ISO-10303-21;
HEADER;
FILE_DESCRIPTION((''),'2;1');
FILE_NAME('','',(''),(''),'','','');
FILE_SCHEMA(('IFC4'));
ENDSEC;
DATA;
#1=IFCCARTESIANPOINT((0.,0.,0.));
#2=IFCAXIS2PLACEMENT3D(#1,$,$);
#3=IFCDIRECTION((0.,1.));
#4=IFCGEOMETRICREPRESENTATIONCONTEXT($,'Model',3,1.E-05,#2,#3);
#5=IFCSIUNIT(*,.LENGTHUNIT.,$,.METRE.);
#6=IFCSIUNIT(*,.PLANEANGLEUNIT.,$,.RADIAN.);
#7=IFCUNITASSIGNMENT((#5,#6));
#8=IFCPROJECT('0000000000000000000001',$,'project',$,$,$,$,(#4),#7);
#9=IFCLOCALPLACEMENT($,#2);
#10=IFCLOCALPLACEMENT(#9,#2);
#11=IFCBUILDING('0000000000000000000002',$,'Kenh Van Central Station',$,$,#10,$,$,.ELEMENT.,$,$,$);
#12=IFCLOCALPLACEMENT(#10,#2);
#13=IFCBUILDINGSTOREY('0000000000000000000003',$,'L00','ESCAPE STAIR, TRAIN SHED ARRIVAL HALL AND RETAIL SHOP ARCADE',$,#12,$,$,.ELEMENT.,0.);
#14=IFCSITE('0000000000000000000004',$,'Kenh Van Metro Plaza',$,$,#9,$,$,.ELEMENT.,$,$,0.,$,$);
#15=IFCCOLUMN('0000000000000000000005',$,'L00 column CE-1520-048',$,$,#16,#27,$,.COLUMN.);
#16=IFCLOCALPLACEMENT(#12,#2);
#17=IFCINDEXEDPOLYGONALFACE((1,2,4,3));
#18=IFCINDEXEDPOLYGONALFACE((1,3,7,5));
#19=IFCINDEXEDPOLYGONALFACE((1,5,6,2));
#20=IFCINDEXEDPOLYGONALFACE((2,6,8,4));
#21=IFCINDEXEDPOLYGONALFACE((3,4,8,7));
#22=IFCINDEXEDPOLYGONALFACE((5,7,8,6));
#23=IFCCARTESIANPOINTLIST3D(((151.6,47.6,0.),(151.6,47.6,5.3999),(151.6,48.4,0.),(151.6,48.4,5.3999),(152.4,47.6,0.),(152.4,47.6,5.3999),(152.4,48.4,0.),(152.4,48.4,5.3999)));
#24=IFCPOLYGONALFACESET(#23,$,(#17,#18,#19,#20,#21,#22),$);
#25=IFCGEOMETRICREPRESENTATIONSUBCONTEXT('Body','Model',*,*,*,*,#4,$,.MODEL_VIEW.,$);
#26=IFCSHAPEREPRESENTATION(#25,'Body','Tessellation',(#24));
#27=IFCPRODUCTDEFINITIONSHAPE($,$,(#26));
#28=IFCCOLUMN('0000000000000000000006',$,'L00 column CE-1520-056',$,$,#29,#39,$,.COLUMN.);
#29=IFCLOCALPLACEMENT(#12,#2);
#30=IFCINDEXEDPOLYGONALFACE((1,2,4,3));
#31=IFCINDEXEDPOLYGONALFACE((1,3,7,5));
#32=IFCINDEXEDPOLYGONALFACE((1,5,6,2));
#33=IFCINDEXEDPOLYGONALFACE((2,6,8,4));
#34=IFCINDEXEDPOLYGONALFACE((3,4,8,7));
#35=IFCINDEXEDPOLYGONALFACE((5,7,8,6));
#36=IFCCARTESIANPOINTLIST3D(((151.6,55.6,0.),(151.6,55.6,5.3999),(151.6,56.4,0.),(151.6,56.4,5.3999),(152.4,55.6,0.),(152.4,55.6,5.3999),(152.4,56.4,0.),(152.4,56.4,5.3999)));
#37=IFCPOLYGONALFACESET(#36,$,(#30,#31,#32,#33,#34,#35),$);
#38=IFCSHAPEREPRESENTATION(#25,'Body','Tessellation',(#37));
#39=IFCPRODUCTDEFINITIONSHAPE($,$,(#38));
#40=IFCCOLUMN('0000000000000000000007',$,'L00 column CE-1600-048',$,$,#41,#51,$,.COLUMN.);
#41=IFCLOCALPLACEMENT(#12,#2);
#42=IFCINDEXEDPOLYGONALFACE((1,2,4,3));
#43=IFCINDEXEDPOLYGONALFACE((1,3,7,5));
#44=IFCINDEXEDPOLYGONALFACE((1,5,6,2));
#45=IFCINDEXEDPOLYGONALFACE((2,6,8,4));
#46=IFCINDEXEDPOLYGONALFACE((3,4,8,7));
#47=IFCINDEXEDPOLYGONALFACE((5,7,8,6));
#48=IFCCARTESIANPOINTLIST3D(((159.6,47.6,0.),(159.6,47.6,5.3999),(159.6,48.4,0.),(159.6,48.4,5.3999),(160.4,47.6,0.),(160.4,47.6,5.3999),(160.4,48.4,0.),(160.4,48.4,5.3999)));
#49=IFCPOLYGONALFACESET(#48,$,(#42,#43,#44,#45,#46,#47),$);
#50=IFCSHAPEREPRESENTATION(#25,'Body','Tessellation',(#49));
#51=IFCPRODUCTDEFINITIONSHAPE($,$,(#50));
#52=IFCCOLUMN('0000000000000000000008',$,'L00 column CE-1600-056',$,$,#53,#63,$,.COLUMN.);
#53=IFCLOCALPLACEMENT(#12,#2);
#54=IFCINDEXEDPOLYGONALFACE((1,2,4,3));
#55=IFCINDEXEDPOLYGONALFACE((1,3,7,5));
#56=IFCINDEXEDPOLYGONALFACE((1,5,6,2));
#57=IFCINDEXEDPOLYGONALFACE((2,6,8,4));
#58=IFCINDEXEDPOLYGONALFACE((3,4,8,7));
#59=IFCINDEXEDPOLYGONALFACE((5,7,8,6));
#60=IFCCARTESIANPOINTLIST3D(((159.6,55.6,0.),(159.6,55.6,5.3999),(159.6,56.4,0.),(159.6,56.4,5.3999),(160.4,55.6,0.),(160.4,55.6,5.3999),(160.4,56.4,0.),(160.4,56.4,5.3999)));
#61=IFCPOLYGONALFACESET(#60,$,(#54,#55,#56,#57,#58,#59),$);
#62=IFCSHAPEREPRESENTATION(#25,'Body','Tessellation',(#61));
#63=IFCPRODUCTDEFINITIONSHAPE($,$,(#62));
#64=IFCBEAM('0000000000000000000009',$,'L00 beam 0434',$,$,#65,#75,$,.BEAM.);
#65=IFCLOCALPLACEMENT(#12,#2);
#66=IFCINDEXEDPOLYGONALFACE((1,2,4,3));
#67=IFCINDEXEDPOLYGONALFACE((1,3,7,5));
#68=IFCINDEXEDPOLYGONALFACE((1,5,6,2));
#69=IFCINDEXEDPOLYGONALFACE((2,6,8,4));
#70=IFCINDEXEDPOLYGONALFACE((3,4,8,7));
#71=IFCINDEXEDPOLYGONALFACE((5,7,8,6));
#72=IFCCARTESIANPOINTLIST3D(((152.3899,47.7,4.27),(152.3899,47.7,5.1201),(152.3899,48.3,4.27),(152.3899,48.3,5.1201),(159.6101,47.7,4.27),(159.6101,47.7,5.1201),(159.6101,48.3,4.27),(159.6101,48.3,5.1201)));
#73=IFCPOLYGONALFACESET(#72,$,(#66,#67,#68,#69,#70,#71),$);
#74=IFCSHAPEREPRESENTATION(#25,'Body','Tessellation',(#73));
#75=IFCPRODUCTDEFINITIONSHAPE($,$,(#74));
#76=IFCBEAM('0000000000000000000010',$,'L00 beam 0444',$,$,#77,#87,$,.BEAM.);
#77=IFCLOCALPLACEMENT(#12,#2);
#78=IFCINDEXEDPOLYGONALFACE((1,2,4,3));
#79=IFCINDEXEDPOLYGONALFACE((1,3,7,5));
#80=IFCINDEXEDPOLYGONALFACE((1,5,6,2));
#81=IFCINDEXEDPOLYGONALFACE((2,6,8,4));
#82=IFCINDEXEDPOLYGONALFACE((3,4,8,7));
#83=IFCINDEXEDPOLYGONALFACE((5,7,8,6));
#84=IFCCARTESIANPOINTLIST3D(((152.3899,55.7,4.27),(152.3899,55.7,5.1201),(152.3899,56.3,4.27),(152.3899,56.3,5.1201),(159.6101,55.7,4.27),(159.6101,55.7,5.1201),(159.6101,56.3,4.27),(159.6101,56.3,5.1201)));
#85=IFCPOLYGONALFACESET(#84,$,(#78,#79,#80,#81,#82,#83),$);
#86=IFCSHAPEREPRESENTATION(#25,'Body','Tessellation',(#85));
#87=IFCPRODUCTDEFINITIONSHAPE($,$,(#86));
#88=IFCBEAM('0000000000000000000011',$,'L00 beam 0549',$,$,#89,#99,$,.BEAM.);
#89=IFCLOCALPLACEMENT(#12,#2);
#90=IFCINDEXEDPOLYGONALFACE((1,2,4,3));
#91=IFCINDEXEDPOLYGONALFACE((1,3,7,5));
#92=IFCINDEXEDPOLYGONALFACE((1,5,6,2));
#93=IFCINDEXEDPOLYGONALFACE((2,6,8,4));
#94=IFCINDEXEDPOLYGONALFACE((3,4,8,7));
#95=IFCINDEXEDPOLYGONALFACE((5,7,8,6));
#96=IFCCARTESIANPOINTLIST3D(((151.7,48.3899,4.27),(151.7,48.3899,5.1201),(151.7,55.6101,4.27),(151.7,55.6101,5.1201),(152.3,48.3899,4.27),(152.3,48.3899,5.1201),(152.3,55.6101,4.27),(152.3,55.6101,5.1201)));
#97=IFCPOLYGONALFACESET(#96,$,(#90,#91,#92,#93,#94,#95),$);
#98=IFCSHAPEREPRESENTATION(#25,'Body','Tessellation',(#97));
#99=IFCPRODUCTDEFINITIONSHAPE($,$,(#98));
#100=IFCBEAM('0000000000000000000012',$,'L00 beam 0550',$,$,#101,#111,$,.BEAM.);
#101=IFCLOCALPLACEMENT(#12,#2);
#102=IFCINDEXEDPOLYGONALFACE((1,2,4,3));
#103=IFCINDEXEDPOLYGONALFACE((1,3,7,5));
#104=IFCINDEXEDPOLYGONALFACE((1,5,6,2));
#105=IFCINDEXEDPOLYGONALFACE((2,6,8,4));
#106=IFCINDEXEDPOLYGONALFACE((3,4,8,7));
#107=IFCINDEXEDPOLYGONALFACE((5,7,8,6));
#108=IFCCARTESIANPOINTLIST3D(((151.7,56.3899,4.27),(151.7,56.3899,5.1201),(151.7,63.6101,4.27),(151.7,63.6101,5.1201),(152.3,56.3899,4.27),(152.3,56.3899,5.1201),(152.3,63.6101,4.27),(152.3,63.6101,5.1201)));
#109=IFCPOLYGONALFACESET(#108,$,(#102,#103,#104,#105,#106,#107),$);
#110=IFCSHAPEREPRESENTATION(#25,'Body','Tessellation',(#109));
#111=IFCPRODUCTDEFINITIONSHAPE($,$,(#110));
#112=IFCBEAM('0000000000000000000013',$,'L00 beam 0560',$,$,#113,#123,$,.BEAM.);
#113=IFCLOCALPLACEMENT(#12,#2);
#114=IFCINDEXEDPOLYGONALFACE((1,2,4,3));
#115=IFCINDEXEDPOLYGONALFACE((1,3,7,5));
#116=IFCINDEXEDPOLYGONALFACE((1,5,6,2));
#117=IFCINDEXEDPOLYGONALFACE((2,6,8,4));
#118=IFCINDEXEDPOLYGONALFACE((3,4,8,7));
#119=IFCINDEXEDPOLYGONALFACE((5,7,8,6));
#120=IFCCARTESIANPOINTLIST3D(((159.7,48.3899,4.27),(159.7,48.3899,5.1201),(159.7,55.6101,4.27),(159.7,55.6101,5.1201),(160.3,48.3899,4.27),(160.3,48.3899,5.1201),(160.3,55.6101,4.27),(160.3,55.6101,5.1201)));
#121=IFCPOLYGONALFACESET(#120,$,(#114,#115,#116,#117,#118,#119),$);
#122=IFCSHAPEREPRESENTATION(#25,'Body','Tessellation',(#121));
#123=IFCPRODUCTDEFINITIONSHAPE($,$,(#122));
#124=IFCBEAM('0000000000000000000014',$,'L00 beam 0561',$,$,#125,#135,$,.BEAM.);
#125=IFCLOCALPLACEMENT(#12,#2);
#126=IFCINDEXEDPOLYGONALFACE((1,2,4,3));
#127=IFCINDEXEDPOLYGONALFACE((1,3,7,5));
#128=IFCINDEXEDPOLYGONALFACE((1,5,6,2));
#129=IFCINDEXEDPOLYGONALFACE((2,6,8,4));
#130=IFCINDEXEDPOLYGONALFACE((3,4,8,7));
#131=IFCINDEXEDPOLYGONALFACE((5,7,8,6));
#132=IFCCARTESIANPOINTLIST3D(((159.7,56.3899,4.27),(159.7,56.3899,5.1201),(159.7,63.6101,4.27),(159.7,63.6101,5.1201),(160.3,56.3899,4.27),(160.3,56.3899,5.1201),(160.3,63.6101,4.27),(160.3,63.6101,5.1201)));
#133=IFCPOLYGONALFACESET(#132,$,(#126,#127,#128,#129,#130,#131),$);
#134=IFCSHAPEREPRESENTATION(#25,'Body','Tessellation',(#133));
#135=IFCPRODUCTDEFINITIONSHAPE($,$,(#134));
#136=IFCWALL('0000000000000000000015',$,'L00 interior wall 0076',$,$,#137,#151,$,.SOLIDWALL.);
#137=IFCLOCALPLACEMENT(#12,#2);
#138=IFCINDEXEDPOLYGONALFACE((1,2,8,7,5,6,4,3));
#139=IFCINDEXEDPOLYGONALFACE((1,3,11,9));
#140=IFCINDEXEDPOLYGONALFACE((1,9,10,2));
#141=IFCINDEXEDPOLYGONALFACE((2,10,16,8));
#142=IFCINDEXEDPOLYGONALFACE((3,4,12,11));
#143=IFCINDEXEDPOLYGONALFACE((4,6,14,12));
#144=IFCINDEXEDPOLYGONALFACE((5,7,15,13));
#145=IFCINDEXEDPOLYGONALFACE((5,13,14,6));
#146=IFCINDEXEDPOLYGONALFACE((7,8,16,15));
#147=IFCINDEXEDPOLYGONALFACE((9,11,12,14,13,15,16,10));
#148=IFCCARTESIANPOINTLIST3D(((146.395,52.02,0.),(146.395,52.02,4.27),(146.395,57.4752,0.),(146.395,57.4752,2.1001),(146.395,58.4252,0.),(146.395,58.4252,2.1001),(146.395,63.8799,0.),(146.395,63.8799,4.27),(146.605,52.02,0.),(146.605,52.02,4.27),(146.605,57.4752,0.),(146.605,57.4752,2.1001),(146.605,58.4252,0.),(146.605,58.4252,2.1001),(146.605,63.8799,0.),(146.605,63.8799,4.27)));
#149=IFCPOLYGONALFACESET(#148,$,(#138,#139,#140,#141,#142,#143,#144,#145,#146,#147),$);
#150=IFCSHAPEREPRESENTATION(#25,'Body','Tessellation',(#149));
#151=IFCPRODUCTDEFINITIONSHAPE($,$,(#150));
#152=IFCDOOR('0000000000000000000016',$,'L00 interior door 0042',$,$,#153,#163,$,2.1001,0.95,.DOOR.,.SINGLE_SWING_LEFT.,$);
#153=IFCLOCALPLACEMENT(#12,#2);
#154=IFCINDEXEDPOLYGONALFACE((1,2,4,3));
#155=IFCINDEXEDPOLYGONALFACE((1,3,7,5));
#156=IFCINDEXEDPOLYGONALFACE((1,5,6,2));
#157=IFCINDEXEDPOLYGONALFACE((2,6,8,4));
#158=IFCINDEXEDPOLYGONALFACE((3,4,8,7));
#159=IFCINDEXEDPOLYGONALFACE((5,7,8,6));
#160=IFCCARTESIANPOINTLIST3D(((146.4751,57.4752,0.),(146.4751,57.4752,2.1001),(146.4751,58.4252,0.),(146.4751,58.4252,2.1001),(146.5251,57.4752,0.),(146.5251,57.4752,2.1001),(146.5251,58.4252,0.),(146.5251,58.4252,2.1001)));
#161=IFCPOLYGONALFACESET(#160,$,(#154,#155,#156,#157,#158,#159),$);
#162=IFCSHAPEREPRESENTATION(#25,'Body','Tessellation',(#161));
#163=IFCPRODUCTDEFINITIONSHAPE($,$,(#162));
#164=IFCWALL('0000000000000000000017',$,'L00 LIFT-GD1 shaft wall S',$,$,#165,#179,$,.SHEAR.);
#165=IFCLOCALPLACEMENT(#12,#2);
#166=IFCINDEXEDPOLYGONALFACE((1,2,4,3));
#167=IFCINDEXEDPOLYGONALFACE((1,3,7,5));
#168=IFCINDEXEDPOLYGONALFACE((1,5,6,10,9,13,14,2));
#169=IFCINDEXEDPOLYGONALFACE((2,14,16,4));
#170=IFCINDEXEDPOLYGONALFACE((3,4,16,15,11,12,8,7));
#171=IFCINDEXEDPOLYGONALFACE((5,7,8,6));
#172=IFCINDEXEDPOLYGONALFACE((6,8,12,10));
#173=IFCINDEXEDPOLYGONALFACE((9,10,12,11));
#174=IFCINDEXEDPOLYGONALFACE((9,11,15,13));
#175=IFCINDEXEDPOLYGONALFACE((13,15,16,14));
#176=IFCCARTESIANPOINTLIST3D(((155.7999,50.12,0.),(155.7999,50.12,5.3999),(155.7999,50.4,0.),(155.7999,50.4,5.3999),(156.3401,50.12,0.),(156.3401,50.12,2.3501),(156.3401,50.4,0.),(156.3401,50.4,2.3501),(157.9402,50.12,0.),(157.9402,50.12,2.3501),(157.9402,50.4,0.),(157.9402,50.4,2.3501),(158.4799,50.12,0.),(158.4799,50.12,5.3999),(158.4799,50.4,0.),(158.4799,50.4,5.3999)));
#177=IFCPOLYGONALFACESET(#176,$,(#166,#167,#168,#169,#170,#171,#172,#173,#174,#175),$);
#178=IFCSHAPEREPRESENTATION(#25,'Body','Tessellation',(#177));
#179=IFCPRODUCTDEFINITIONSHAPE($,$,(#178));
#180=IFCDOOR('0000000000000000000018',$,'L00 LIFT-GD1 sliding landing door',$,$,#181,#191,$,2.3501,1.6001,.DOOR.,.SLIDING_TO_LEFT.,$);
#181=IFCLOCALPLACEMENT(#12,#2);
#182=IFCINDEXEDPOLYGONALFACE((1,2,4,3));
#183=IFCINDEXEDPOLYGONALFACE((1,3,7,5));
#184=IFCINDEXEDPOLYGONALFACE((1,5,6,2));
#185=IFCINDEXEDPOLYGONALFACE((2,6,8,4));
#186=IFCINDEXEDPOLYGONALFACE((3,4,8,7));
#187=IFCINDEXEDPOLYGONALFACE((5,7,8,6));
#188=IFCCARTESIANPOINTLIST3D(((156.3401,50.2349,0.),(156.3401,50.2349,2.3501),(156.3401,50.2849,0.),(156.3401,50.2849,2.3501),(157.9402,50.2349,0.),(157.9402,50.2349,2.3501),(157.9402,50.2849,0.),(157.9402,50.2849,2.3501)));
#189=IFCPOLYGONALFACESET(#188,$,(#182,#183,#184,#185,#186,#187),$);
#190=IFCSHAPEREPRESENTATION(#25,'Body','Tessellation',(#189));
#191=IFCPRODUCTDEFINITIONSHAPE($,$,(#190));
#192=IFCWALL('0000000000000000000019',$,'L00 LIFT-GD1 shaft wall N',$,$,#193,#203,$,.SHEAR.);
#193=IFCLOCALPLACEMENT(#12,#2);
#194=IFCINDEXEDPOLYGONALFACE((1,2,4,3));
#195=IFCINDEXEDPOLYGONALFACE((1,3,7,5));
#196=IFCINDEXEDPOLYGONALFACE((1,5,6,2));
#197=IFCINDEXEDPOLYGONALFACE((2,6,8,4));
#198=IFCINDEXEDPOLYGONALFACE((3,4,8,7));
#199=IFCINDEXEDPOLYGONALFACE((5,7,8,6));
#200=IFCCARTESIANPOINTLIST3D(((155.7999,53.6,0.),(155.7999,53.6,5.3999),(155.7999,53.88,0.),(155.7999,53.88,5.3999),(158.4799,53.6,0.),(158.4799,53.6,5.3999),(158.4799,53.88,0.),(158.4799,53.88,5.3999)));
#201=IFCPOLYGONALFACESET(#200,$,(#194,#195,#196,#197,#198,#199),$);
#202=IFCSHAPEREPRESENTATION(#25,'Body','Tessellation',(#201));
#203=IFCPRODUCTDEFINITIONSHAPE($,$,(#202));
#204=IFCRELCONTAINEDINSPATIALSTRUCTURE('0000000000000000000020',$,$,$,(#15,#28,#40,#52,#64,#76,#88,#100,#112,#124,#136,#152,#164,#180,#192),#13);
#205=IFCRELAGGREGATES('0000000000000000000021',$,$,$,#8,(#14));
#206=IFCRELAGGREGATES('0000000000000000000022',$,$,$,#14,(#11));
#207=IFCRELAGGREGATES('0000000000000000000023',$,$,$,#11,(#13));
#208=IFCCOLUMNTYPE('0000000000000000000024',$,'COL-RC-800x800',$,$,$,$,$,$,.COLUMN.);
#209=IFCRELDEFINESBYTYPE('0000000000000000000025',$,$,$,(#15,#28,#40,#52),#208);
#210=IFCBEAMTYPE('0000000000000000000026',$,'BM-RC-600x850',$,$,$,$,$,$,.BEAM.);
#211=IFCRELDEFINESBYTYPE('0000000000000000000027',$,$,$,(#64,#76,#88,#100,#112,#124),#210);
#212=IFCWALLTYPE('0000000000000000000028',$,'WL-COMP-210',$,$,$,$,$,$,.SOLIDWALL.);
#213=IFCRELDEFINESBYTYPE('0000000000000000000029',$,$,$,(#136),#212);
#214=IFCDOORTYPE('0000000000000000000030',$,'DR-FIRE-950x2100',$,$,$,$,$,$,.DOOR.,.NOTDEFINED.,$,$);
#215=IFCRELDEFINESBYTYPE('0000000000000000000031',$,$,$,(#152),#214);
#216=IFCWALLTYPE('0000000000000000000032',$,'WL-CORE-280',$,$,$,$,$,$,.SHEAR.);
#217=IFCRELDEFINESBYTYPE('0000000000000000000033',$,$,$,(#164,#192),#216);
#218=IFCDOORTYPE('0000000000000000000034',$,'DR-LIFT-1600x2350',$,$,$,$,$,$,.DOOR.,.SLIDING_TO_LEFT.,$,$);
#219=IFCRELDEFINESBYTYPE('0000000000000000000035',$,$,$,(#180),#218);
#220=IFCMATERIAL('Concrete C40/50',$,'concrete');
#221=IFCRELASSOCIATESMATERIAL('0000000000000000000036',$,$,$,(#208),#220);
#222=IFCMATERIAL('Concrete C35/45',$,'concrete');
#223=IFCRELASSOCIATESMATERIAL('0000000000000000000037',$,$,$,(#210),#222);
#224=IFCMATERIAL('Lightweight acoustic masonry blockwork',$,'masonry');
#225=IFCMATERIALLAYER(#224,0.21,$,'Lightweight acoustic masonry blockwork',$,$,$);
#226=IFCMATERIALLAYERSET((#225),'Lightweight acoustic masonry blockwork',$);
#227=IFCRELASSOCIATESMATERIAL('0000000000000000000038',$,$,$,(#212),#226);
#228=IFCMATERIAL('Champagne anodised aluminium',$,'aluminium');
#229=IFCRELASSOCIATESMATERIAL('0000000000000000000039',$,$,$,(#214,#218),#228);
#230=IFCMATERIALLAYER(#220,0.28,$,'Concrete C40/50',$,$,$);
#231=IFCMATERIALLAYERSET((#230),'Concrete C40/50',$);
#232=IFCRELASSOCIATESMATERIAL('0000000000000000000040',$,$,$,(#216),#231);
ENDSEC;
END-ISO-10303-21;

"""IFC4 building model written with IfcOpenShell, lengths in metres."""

from ifc_helpers import new_model, si_unit, direction, frame, frame_2d, origin, origin_2d, place, context, subcontext, project, spatial, rectangle, extrude, material, layer, layer_set, material_profile, profile_set, type_object, element, fill, save


model = new_model("IFC4")

# Units and contexts
model_context = context("Model", 3, precision=1e-05, world=origin(), true_north=direction((0.0, 1.0)))
body_context = subcontext(model_context, "Body", "Model", "MODEL_VIEW")
ifc_project = project(units=[si_unit("LENGTHUNIT", "METRE"), si_unit("PLANEANGLEUNIT", "RADIAN")], contexts=[model_context])

# Site, building, storey
site_placement = place(None, origin())
site = spatial("IfcSite", under=ifc_project, at=site_placement, Name="Kenh Van Metro Plaza", CompositionType="ELEMENT", RefElevation=0.0)
building_placement = place(site_placement, origin())
building = spatial("IfcBuilding", under=site, at=building_placement, Name="Kenh Van Central Station", CompositionType="ELEMENT")
storey_placement = place(building_placement, origin())
storey = spatial("IfcBuildingStorey", under=building, at=storey_placement, Name="L00", Description="ESCAPE STAIR, TRAIN SHED ARRIVAL HALL AND RETAIL SHOP ARCADE", CompositionType="ELEMENT", Elevation=0.0)

# Columns
ifc_material_1 = material(Name="Concrete C40/50", Category="concrete")
ifc_material_profile_1 = material_profile(ifc_material_1, rectangle(XDim=0.8, YDim=0.8, at=origin_2d()), Name="RC 800x800")
ifc_profile_set_1 = profile_set([ifc_material_profile_1], Name="Concrete C40/50")
column_type = type_object("IfcColumnType", Name="COL-RC-800x800", PredefinedType="COLUMN", material=ifc_profile_set_1)
for number, where, z_axis, x_axis, name in (
    (1, (152.0, 48.0, 0.0), (0.0, 0.0, 1.0), (1.0, 0.0, 0.0), "L00 column CE-1520-048"),
    (2, (152.0, 56.0, 0.0), (0.0, 0.0, 1.0), (1.0, 0.0, 0.0), "L00 column CE-1520-056"),
    (3, (160.0, 48.0, 0.0), (0.0, 0.0, 1.0), (1.0, 0.0, 0.0), "L00 column CE-1600-048"),
    (4, (160.0, 56.0, 0.0), (0.0, 0.0, 1.0), (1.0, 0.0, 0.0), "L00 column CE-1600-056"),
):
    element("IfcColumn", number, at=place(storey_placement, frame(where, z_axis=z_axis, x_axis=x_axis)), inside=storey, type_object=column_type, Name=name, PredefinedType="COLUMN", context=body_context, shape_type="SweptSolid", body=[
        extrude(rectangle(XDim=0.8, YDim=0.8, at=origin_2d()), origin(), (0.0, 0.0, 1.0), 5.3999),
    ])

# Beams
ifc_material_2 = material(Name="Concrete C35/45", Category="concrete")
ifc_material_profile_2 = material_profile(ifc_material_2, rectangle(XDim=0.6001, YDim=0.8501, at=origin_2d()), Name="RC 600x850")
ifc_profile_set_2 = profile_set([ifc_material_profile_2], Name="Concrete C35/45")
beam_type = type_object("IfcBeamType", Name="BM-RC-600x850", PredefinedType="BEAM", material=ifc_profile_set_2)
for number, where, z_axis, x_axis, name in (
    (5, (152.3899, 48.0, 4.6951), (1.0, 0.0, 0.0), (0.0, 1.0, 0.0), "L00 beam 0434"),
    (6, (152.3899, 56.0, 4.6951), (1.0, 0.0, 0.0), (0.0, 1.0, 0.0), "L00 beam 0444"),
    (7, (152.0, 48.3899, 4.6951), (0.0, 1.0, 0.0), (-1.0, 0.0, 0.0), "L00 beam 0549"),
    (8, (152.0, 56.3899, 4.6951), (0.0, 1.0, 0.0), (-1.0, 0.0, 0.0), "L00 beam 0550"),
    (9, (160.0, 48.3899, 4.6951), (0.0, 1.0, 0.0), (-1.0, 0.0, 0.0), "L00 beam 0560"),
    (10, (160.0, 56.3899, 4.6951), (0.0, 1.0, 0.0), (-1.0, 0.0, 0.0), "L00 beam 0561"),
):
    element("IfcBeam", number, at=place(storey_placement, frame(where, z_axis=z_axis, x_axis=x_axis)), inside=storey, type_object=beam_type, Name=name, PredefinedType="BEAM", context=body_context, shape_type="SweptSolid", body=[
        extrude(rectangle(XDim=0.6001, YDim=0.8501, at=origin_2d()), origin(), (0.0, 0.0, 1.0), 7.2202),
    ])

# Walls, openings, doors
ifc_material_3 = material(Name="Lightweight acoustic masonry blockwork", Category="masonry")
ifc_layer_1 = layer(ifc_material_3, 0.21, Name="Lightweight acoustic masonry blockwork")
ifc_layer_set_1 = layer_set([ifc_layer_1], Name="Lightweight acoustic masonry blockwork")
wall_type_1 = type_object("IfcWallType", Name="WL-COMP-210", PredefinedType="SOLIDWALL", material=ifc_layer_set_1)
wall_1_placement = place(storey_placement, frame((146.5, 52.02, 0.0), z_axis=(0.0, 0.0, 1.0), x_axis=(0.0, 1.0, 0.0)))
wall_1 = element("IfcWall", 11, at=wall_1_placement, inside=storey, type_object=wall_type_1, Name="L00 interior wall 0076", PredefinedType="SOLIDWALL", context=body_context, shape_type="SweptSolid", body=[
    extrude(rectangle(XDim=11.8599, YDim=0.21, at=frame_2d((5.9299, 0.0))), origin(), (0.0, 0.0, 1.0), 4.27),
])
opening_1_placement = place(wall_1_placement, frame((5.4551, 0.0, 0.0)))
opening_1 = element("IfcOpeningElement", 12, at=opening_1_placement, cuts=wall_1, PredefinedType="OPENING", context=body_context, shape_type="SweptSolid", body=[
    extrude(rectangle(XDim=0.95, YDim=2.1001, at=frame_2d((0.4751, 1.05))), frame((0.0, 0.115, 0.0), z_axis=(0.0, -1.0, 0.0), x_axis=(1.0, 0.0, 0.0)), (0.0, 0.0, 1.0), 0.23),
])
ifc_material_4 = material(Name="Champagne anodised aluminium", Category="aluminium")
door_type_1 = type_object("IfcDoorType", Name="DR-FIRE-950x2100", OperationType="NOTDEFINED", PredefinedType="DOOR", material=ifc_material_4)
door_1_placement = place(opening_1_placement, origin())
door_1 = element("IfcDoor", 13, at=door_1_placement, inside=storey, type_object=door_type_1, Name="L00 interior door 0042", OperationType="SINGLE_SWING_LEFT", OverallHeight=2.1001, OverallWidth=0.95, PredefinedType="DOOR", context=body_context, shape_type="SweptSolid", body=[
    extrude(rectangle(XDim=0.95, YDim=2.1001, at=frame_2d((0.4751, 1.05))), frame((0.0, 0.0249, 0.0), z_axis=(0.0, -1.0, 0.0), x_axis=(1.0, 0.0, 0.0)), (0.0, 0.0, 1.0), 0.05),
])
fill(opening_1, door_1)
ifc_layer_2 = layer(ifc_material_1, 0.28, Name="Concrete C40/50")
ifc_layer_set_2 = layer_set([ifc_layer_2], Name="Concrete C40/50")
wall_type_2 = type_object("IfcWallType", Name="WL-CORE-280", PredefinedType="SHEAR", material=ifc_layer_set_2)
wall_2_placement = place(storey_placement, frame((155.8, 50.26, 0.0), z_axis=(0.0, 0.0, 1.0), x_axis=(1.0, 0.0, 0.0)))
wall_2 = element("IfcWall", 14, at=wall_2_placement, inside=storey, type_object=wall_type_2, Name="L00 LIFT-GD1 shaft wall S", PredefinedType="SHEAR", context=body_context, shape_type="SweptSolid", body=[
    extrude(rectangle(XDim=2.6799, YDim=0.28, at=frame_2d((1.3398, 0.0))), origin(), (0.0, 0.0, 1.0), 5.3999),
])
opening_2_placement = place(wall_2_placement, frame((0.54, 0.0, 0.0)))
opening_2 = element("IfcOpeningElement", 15, at=opening_2_placement, cuts=wall_2, PredefinedType="OPENING", context=body_context, shape_type="SweptSolid", body=[
    extrude(rectangle(XDim=1.6001, YDim=2.3501, at=frame_2d((0.8, 1.175))), frame((0.0, 0.1499, 0.0), z_axis=(0.0, -1.0, 0.0), x_axis=(1.0, 0.0, 0.0)), (0.0, 0.0, 1.0), 0.3),
])
door_type_2 = type_object("IfcDoorType", Name="DR-LIFT-1600x2350", OperationType="SLIDING_TO_LEFT", PredefinedType="DOOR", material=ifc_material_4)
door_2_placement = place(opening_2_placement, origin())
door_2 = element("IfcDoor", 16, at=door_2_placement, inside=storey, type_object=door_type_2, Name="L00 LIFT-GD1 sliding landing door", OperationType="SLIDING_TO_LEFT", OverallHeight=2.3501, OverallWidth=1.6001, PredefinedType="DOOR", context=body_context, shape_type="SweptSolid", body=[
    extrude(rectangle(XDim=1.6001, YDim=2.3501, at=frame_2d((0.8, 1.175))), frame((0.0, 0.0249, 0.0), z_axis=(0.0, -1.0, 0.0), x_axis=(1.0, 0.0, 0.0)), (0.0, 0.0, 1.0), 0.05),
])
fill(opening_2, door_2)

# Wall
wall_3_placement = place(storey_placement, frame((155.8, 53.74, 0.0), z_axis=(0.0, 0.0, 1.0), x_axis=(1.0, 0.0, 0.0)))
element("IfcWall", 17, at=wall_3_placement, inside=storey, type_object=wall_type_2, Name="L00 LIFT-GD1 shaft wall N", PredefinedType="SHEAR", context=body_context, shape_type="SweptSolid", body=[
    extrude(rectangle(XDim=2.6799, YDim=0.28, at=frame_2d((1.3398, 0.0))), origin(), (0.0, 0.0, 1.0), 5.3999),
])

save(model, "model.ifc")
